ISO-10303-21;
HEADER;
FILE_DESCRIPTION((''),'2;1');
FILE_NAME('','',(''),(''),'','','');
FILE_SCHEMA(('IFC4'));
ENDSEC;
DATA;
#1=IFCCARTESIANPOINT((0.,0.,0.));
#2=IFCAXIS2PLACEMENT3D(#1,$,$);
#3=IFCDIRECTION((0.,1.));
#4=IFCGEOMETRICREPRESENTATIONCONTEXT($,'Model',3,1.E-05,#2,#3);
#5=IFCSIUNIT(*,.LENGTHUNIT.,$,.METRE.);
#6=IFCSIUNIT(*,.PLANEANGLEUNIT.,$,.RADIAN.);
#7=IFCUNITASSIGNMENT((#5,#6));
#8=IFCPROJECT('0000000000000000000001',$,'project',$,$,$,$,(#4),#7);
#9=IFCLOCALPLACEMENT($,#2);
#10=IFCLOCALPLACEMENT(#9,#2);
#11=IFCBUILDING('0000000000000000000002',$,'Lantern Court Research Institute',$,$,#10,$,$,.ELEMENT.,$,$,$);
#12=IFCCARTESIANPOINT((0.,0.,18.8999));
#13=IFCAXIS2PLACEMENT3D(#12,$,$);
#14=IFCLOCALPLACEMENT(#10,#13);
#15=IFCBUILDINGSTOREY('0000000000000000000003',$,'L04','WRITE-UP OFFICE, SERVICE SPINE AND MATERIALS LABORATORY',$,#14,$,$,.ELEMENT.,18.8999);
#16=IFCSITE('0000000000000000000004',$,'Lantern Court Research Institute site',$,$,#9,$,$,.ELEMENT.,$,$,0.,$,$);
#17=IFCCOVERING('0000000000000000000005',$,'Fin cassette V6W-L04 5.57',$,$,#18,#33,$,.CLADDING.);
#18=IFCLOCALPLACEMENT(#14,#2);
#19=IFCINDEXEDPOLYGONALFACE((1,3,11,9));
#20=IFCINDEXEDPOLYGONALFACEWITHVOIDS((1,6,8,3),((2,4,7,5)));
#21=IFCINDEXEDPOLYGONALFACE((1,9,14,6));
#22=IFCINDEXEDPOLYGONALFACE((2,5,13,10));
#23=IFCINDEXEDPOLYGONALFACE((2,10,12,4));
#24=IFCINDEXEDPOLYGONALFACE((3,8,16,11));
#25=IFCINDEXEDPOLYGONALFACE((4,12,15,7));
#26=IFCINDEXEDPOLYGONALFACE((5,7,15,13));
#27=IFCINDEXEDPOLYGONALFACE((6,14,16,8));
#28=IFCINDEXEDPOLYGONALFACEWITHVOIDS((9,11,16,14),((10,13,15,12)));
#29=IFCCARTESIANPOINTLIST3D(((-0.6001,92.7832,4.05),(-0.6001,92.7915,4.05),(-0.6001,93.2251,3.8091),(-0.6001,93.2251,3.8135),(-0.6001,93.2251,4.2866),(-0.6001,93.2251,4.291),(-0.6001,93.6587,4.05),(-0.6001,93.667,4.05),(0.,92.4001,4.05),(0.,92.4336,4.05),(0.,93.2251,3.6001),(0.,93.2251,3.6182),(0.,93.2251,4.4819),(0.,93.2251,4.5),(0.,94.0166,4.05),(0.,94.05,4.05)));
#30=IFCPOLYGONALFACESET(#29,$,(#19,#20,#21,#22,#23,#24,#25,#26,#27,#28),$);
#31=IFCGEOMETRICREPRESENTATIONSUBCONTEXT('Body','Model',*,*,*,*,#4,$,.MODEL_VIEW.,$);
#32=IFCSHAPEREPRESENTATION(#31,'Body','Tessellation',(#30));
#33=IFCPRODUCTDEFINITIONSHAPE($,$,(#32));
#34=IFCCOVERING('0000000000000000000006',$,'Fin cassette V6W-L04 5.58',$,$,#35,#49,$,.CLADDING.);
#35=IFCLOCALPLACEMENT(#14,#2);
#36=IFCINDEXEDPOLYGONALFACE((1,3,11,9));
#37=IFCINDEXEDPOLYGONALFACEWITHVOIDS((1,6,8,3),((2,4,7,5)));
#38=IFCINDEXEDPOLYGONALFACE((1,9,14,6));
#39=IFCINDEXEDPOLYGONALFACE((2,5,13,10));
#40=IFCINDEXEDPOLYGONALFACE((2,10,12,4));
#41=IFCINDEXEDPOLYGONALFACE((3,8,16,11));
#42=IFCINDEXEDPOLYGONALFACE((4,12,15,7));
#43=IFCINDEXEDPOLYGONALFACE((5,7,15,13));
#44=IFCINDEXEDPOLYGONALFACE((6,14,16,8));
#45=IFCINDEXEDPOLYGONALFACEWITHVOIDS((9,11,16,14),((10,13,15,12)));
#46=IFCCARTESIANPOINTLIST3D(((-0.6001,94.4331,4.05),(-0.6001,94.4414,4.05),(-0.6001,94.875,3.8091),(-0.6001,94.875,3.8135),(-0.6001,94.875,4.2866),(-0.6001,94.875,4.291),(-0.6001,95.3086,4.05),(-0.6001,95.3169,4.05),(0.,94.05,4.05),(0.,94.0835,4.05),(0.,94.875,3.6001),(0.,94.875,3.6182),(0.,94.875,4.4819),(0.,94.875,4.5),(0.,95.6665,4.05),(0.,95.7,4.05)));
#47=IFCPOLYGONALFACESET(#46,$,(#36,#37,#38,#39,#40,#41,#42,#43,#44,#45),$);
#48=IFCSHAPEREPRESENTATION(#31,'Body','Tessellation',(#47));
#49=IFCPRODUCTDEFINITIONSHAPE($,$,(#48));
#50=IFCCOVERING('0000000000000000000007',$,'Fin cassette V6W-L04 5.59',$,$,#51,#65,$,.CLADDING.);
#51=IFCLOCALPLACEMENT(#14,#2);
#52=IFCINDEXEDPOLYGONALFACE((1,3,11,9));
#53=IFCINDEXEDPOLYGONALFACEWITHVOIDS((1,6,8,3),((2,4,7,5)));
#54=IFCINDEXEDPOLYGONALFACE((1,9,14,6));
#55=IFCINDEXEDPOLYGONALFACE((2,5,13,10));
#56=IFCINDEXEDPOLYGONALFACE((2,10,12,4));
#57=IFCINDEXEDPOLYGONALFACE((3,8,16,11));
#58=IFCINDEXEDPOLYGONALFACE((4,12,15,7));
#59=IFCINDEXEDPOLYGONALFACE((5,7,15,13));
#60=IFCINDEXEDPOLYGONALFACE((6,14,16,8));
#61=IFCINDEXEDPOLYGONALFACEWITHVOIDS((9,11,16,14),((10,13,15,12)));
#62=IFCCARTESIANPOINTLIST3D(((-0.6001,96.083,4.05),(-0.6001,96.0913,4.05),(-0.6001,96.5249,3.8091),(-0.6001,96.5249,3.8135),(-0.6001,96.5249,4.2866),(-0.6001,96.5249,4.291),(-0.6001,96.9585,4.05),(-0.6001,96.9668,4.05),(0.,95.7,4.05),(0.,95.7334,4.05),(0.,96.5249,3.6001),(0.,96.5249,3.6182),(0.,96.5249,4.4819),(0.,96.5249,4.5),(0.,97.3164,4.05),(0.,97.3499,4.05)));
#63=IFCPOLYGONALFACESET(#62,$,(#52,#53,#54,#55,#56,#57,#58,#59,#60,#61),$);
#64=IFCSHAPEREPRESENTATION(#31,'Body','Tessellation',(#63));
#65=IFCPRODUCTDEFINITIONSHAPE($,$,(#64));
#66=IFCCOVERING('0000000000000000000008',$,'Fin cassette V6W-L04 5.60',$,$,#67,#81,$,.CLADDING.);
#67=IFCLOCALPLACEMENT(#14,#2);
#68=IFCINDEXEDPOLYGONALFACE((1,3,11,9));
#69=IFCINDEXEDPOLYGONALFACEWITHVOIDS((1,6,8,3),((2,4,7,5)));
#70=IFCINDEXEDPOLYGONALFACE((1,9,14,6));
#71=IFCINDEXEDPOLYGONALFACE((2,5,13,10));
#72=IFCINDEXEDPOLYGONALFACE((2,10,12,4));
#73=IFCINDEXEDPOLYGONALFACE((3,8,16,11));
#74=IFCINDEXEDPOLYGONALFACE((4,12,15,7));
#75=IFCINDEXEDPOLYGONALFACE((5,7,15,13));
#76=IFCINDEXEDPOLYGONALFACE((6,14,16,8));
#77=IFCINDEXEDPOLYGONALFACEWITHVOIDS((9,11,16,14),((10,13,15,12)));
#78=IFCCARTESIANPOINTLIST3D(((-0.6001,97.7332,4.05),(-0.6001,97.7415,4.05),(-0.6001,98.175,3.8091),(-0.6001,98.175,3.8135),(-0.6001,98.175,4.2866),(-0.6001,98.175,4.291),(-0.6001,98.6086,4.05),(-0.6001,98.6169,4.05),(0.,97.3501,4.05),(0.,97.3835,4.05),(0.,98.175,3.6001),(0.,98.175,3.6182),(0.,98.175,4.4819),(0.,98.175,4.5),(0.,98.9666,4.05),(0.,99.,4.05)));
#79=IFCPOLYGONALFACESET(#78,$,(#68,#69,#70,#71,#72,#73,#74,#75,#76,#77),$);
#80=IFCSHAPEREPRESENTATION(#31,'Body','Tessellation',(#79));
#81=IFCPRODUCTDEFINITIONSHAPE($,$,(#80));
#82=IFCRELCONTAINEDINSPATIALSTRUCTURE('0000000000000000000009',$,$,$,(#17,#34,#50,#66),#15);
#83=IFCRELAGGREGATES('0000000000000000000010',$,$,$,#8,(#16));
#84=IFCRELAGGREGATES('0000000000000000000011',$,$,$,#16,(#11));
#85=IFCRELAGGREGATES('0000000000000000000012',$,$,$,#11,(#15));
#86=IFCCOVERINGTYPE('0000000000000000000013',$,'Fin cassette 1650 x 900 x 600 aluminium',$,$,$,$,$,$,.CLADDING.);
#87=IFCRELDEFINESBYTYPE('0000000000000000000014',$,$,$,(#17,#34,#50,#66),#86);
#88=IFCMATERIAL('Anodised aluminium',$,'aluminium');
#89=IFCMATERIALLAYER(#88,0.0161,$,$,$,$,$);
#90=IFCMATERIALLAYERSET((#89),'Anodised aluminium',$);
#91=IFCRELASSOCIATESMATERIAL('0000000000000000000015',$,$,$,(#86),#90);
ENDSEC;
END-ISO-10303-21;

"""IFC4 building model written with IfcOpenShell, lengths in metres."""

from ifc_helpers import new_model, entity, si_unit, direction, frame, origin, place, context, subcontext, project, spatial, material, layer, layer_set, type_object, element, save


model = new_model("IFC4")

# Units and contexts
model_context = context("Model", 3, precision=1e-05, world=origin(), true_north=direction((0.0, 1.0)))
body_context = subcontext(model_context, "Body", "Model", "MODEL_VIEW")
ifc_project = project(units=[si_unit("LENGTHUNIT", "METRE"), si_unit("PLANEANGLEUNIT", "RADIAN")], contexts=[model_context])

# Site, building, storey
site_placement = place(None, origin())
site = spatial("IfcSite", under=ifc_project, at=site_placement, Name="Lantern Court Research Institute site", CompositionType="ELEMENT", RefElevation=0.0)
building_placement = place(site_placement, origin())
building = spatial("IfcBuilding", under=site, at=building_placement, Name="Lantern Court Research Institute", CompositionType="ELEMENT")
storey_placement = place(building_placement, frame((0.0, 0.0, 18.8999)))
storey = spatial("IfcBuildingStorey", under=building, at=storey_placement, Name="L04", Description="WRITE-UP OFFICE, SERVICE SPINE AND MATERIALS LABORATORY", CompositionType="ELEMENT", Elevation=18.8999)

# Coverings
ifc_material_1 = material(Name="Anodised aluminium", Category="aluminium")
ifc_layer_1 = layer(ifc_material_1, 0.0161)
ifc_layer_set_1 = layer_set([ifc_layer_1], Name="Anodised aluminium")
covering_type = type_object("IfcCoveringType", Name="Fin cassette 1650 x 900 x 600 aluminium", PredefinedType="CLADDING", material=ifc_layer_set_1)
covering_1_placement = place(storey_placement, frame((0.0, 93.2251, 4.05), z_axis=(-1.0, 0.0, 0.0), x_axis=(0.0, -1.0, 0.0)))
cartesian_point_1 = entity("IfcCartesianPoint", [0.825, 0.0])
cartesian_point_2 = entity("IfcCartesianPoint", [0.7915, 0.0])
cartesian_point_3 = entity("IfcCartesianPoint", [0.4419, 0.0])
cartesian_point_4 = entity("IfcCartesianPoint", [0.4336, 0.0])
element("IfcCovering", 1, at=covering_1_placement, inside=storey, type_object=covering_type, Name="Fin cassette V6W-L04 5.57", PredefinedType="CLADDING", context=body_context, shape_type="SweptSolid", body=[
    entity("IfcExtrudedAreaSolidTapered", entity("IfcArbitraryProfileDefWithVoids", "AREA", None, entity("IfcPolyline", [cartesian_point_1, entity("IfcCartesianPoint", [0.0, 0.45]), entity("IfcCartesianPoint", [-0.825, 0.0]), entity("IfcCartesianPoint", [0.0, -0.45]), cartesian_point_1]), [entity("IfcPolyline", [cartesian_point_2, entity("IfcCartesianPoint", [0.0, 0.4319]), entity("IfcCartesianPoint", [-0.7915, 0.0]), entity("IfcCartesianPoint", [0.0, -0.4319]), cartesian_point_2])]), entity("IfcAxis2Placement3D", entity("IfcCartesianPoint", [0.0, 0.0, 0.0])), entity("IfcDirection", [0.0, 0.0, 1.0]), 0.6001, entity("IfcArbitraryProfileDefWithVoids", "AREA", None, entity("IfcPolyline", [cartesian_point_3, entity("IfcCartesianPoint", [0.0, 0.241]), entity("IfcCartesianPoint", [-0.4419, 0.0]), entity("IfcCartesianPoint", [0.0, -0.241]), cartesian_point_3]), [entity("IfcPolyline", [cartesian_point_4, entity("IfcCartesianPoint", [0.0, 0.2366]), entity("IfcCartesianPoint", [-0.4336, 0.0]), entity("IfcCartesianPoint", [0.0, -0.2366]), cartesian_point_4])])),
])
covering_2_placement = place(storey_placement, frame((0.0, 94.875, 4.05), z_axis=(-1.0, 0.0, 0.0), x_axis=(0.0, -1.0, 0.0)))
cartesian_point_5 = entity("IfcCartesianPoint", [0.825, 0.0])
cartesian_point_6 = entity("IfcCartesianPoint", [0.7915, 0.0])
cartesian_point_7 = entity("IfcCartesianPoint", [0.4419, 0.0])
cartesian_point_8 = entity("IfcCartesianPoint", [0.4336, 0.0])
element("IfcCovering", 2, at=covering_2_placement, inside=storey, type_object=covering_type, Name="Fin cassette V6W-L04 5.58", PredefinedType="CLADDING", context=body_context, shape_type="SweptSolid", body=[
    entity("IfcExtrudedAreaSolidTapered", entity("IfcArbitraryProfileDefWithVoids", "AREA", None, entity("IfcPolyline", [cartesian_point_5, entity("IfcCartesianPoint", [0.0, 0.45]), entity("IfcCartesianPoint", [-0.825, 0.0]), entity("IfcCartesianPoint", [0.0, -0.45]), cartesian_point_5]), [entity("IfcPolyline", [cartesian_point_6, entity("IfcCartesianPoint", [0.0, 0.4319]), entity("IfcCartesianPoint", [-0.7915, 0.0]), entity("IfcCartesianPoint", [0.0, -0.4319]), cartesian_point_6])]), entity("IfcAxis2Placement3D", entity("IfcCartesianPoint", [0.0, 0.0, 0.0])), entity("IfcDirection", [0.0, 0.0, 1.0]), 0.6001, entity("IfcArbitraryProfileDefWithVoids", "AREA", None, entity("IfcPolyline", [cartesian_point_7, entity("IfcCartesianPoint", [0.0, 0.241]), entity("IfcCartesianPoint", [-0.4419, 0.0]), entity("IfcCartesianPoint", [0.0, -0.241]), cartesian_point_7]), [entity("IfcPolyline", [cartesian_point_8, entity("IfcCartesianPoint", [0.0, 0.2366]), entity("IfcCartesianPoint", [-0.4336, 0.0]), entity("IfcCartesianPoint", [0.0, -0.2366]), cartesian_point_8])])),
])
covering_3_placement = place(storey_placement, frame((0.0, 96.5249, 4.05), z_axis=(-1.0, 0.0, 0.0), x_axis=(0.0, -1.0, 0.0)))
cartesian_point_9 = entity("IfcCartesianPoint", [0.825, 0.0])
cartesian_point_10 = entity("IfcCartesianPoint", [0.7915, 0.0])
cartesian_point_11 = entity("IfcCartesianPoint", [0.4419, 0.0])
cartesian_point_12 = entity("IfcCartesianPoint", [0.4336, 0.0])
element("IfcCovering", 3, at=covering_3_placement, inside=storey, type_object=covering_type, Name="Fin cassette V6W-L04 5.59", PredefinedType="CLADDING", context=body_context, shape_type="SweptSolid", body=[
    entity("IfcExtrudedAreaSolidTapered", entity("IfcArbitraryProfileDefWithVoids", "AREA", None, entity("IfcPolyline", [cartesian_point_9, entity("IfcCartesianPoint", [0.0, 0.45]), entity("IfcCartesianPoint", [-0.825, 0.0]), entity("IfcCartesianPoint", [0.0, -0.45]), cartesian_point_9]), [entity("IfcPolyline", [cartesian_point_10, entity("IfcCartesianPoint", [0.0, 0.4319]), entity("IfcCartesianPoint", [-0.7915, 0.0]), entity("IfcCartesianPoint", [0.0, -0.4319]), cartesian_point_10])]), entity("IfcAxis2Placement3D", entity("IfcCartesianPoint", [0.0, 0.0, 0.0])), entity("IfcDirection", [0.0, 0.0, 1.0]), 0.6001, entity("IfcArbitraryProfileDefWithVoids", "AREA", None, entity("IfcPolyline", [cartesian_point_11, entity("IfcCartesianPoint", [0.0, 0.241]), entity("IfcCartesianPoint", [-0.4419, 0.0]), entity("IfcCartesianPoint", [0.0, -0.241]), cartesian_point_11]), [entity("IfcPolyline", [cartesian_point_12, entity("IfcCartesianPoint", [0.0, 0.2366]), entity("IfcCartesianPoint", [-0.4336, 0.0]), entity("IfcCartesianPoint", [0.0, -0.2366]), cartesian_point_12])])),
])
covering_4_placement = place(storey_placement, frame((0.0, 98.175, 4.05), z_axis=(-1.0, 0.0, 0.0), x_axis=(0.0, -1.0, 0.0)))
cartesian_point_13 = entity("IfcCartesianPoint", [0.825, 0.0])
cartesian_point_14 = entity("IfcCartesianPoint", [0.7915, 0.0])
cartesian_point_15 = entity("IfcCartesianPoint", [0.4419, 0.0])
cartesian_point_16 = entity("IfcCartesianPoint", [0.4336, 0.0])
element("IfcCovering", 4, at=covering_4_placement, inside=storey, type_object=covering_type, Name="Fin cassette V6W-L04 5.60", PredefinedType="CLADDING", context=body_context, shape_type="SweptSolid", body=[
    entity("IfcExtrudedAreaSolidTapered", entity("IfcArbitraryProfileDefWithVoids", "AREA", None, entity("IfcPolyline", [cartesian_point_13, entity("IfcCartesianPoint", [0.0, 0.45]), entity("IfcCartesianPoint", [-0.825, 0.0]), entity("IfcCartesianPoint", [0.0, -0.45]), cartesian_point_13]), [entity("IfcPolyline", [cartesian_point_14, entity("IfcCartesianPoint", [0.0, 0.4319]), entity("IfcCartesianPoint", [-0.7915, 0.0]), entity("IfcCartesianPoint", [0.0, -0.4319]), cartesian_point_14])]), entity("IfcAxis2Placement3D", entity("IfcCartesianPoint", [0.0, 0.0, 0.0])), entity("IfcDirection", [0.0, 0.0, 1.0]), 0.6001, entity("IfcArbitraryProfileDefWithVoids", "AREA", None, entity("IfcPolyline", [cartesian_point_15, entity("IfcCartesianPoint", [0.0, 0.241]), entity("IfcCartesianPoint", [-0.4419, 0.0]), entity("IfcCartesianPoint", [0.0, -0.241]), cartesian_point_15]), [entity("IfcPolyline", [cartesian_point_16, entity("IfcCartesianPoint", [0.0, 0.2366]), entity("IfcCartesianPoint", [-0.4336, 0.0]), entity("IfcCartesianPoint", [0.0, -0.2366]), cartesian_point_16])])),
])

save(model, "model.ifc")
